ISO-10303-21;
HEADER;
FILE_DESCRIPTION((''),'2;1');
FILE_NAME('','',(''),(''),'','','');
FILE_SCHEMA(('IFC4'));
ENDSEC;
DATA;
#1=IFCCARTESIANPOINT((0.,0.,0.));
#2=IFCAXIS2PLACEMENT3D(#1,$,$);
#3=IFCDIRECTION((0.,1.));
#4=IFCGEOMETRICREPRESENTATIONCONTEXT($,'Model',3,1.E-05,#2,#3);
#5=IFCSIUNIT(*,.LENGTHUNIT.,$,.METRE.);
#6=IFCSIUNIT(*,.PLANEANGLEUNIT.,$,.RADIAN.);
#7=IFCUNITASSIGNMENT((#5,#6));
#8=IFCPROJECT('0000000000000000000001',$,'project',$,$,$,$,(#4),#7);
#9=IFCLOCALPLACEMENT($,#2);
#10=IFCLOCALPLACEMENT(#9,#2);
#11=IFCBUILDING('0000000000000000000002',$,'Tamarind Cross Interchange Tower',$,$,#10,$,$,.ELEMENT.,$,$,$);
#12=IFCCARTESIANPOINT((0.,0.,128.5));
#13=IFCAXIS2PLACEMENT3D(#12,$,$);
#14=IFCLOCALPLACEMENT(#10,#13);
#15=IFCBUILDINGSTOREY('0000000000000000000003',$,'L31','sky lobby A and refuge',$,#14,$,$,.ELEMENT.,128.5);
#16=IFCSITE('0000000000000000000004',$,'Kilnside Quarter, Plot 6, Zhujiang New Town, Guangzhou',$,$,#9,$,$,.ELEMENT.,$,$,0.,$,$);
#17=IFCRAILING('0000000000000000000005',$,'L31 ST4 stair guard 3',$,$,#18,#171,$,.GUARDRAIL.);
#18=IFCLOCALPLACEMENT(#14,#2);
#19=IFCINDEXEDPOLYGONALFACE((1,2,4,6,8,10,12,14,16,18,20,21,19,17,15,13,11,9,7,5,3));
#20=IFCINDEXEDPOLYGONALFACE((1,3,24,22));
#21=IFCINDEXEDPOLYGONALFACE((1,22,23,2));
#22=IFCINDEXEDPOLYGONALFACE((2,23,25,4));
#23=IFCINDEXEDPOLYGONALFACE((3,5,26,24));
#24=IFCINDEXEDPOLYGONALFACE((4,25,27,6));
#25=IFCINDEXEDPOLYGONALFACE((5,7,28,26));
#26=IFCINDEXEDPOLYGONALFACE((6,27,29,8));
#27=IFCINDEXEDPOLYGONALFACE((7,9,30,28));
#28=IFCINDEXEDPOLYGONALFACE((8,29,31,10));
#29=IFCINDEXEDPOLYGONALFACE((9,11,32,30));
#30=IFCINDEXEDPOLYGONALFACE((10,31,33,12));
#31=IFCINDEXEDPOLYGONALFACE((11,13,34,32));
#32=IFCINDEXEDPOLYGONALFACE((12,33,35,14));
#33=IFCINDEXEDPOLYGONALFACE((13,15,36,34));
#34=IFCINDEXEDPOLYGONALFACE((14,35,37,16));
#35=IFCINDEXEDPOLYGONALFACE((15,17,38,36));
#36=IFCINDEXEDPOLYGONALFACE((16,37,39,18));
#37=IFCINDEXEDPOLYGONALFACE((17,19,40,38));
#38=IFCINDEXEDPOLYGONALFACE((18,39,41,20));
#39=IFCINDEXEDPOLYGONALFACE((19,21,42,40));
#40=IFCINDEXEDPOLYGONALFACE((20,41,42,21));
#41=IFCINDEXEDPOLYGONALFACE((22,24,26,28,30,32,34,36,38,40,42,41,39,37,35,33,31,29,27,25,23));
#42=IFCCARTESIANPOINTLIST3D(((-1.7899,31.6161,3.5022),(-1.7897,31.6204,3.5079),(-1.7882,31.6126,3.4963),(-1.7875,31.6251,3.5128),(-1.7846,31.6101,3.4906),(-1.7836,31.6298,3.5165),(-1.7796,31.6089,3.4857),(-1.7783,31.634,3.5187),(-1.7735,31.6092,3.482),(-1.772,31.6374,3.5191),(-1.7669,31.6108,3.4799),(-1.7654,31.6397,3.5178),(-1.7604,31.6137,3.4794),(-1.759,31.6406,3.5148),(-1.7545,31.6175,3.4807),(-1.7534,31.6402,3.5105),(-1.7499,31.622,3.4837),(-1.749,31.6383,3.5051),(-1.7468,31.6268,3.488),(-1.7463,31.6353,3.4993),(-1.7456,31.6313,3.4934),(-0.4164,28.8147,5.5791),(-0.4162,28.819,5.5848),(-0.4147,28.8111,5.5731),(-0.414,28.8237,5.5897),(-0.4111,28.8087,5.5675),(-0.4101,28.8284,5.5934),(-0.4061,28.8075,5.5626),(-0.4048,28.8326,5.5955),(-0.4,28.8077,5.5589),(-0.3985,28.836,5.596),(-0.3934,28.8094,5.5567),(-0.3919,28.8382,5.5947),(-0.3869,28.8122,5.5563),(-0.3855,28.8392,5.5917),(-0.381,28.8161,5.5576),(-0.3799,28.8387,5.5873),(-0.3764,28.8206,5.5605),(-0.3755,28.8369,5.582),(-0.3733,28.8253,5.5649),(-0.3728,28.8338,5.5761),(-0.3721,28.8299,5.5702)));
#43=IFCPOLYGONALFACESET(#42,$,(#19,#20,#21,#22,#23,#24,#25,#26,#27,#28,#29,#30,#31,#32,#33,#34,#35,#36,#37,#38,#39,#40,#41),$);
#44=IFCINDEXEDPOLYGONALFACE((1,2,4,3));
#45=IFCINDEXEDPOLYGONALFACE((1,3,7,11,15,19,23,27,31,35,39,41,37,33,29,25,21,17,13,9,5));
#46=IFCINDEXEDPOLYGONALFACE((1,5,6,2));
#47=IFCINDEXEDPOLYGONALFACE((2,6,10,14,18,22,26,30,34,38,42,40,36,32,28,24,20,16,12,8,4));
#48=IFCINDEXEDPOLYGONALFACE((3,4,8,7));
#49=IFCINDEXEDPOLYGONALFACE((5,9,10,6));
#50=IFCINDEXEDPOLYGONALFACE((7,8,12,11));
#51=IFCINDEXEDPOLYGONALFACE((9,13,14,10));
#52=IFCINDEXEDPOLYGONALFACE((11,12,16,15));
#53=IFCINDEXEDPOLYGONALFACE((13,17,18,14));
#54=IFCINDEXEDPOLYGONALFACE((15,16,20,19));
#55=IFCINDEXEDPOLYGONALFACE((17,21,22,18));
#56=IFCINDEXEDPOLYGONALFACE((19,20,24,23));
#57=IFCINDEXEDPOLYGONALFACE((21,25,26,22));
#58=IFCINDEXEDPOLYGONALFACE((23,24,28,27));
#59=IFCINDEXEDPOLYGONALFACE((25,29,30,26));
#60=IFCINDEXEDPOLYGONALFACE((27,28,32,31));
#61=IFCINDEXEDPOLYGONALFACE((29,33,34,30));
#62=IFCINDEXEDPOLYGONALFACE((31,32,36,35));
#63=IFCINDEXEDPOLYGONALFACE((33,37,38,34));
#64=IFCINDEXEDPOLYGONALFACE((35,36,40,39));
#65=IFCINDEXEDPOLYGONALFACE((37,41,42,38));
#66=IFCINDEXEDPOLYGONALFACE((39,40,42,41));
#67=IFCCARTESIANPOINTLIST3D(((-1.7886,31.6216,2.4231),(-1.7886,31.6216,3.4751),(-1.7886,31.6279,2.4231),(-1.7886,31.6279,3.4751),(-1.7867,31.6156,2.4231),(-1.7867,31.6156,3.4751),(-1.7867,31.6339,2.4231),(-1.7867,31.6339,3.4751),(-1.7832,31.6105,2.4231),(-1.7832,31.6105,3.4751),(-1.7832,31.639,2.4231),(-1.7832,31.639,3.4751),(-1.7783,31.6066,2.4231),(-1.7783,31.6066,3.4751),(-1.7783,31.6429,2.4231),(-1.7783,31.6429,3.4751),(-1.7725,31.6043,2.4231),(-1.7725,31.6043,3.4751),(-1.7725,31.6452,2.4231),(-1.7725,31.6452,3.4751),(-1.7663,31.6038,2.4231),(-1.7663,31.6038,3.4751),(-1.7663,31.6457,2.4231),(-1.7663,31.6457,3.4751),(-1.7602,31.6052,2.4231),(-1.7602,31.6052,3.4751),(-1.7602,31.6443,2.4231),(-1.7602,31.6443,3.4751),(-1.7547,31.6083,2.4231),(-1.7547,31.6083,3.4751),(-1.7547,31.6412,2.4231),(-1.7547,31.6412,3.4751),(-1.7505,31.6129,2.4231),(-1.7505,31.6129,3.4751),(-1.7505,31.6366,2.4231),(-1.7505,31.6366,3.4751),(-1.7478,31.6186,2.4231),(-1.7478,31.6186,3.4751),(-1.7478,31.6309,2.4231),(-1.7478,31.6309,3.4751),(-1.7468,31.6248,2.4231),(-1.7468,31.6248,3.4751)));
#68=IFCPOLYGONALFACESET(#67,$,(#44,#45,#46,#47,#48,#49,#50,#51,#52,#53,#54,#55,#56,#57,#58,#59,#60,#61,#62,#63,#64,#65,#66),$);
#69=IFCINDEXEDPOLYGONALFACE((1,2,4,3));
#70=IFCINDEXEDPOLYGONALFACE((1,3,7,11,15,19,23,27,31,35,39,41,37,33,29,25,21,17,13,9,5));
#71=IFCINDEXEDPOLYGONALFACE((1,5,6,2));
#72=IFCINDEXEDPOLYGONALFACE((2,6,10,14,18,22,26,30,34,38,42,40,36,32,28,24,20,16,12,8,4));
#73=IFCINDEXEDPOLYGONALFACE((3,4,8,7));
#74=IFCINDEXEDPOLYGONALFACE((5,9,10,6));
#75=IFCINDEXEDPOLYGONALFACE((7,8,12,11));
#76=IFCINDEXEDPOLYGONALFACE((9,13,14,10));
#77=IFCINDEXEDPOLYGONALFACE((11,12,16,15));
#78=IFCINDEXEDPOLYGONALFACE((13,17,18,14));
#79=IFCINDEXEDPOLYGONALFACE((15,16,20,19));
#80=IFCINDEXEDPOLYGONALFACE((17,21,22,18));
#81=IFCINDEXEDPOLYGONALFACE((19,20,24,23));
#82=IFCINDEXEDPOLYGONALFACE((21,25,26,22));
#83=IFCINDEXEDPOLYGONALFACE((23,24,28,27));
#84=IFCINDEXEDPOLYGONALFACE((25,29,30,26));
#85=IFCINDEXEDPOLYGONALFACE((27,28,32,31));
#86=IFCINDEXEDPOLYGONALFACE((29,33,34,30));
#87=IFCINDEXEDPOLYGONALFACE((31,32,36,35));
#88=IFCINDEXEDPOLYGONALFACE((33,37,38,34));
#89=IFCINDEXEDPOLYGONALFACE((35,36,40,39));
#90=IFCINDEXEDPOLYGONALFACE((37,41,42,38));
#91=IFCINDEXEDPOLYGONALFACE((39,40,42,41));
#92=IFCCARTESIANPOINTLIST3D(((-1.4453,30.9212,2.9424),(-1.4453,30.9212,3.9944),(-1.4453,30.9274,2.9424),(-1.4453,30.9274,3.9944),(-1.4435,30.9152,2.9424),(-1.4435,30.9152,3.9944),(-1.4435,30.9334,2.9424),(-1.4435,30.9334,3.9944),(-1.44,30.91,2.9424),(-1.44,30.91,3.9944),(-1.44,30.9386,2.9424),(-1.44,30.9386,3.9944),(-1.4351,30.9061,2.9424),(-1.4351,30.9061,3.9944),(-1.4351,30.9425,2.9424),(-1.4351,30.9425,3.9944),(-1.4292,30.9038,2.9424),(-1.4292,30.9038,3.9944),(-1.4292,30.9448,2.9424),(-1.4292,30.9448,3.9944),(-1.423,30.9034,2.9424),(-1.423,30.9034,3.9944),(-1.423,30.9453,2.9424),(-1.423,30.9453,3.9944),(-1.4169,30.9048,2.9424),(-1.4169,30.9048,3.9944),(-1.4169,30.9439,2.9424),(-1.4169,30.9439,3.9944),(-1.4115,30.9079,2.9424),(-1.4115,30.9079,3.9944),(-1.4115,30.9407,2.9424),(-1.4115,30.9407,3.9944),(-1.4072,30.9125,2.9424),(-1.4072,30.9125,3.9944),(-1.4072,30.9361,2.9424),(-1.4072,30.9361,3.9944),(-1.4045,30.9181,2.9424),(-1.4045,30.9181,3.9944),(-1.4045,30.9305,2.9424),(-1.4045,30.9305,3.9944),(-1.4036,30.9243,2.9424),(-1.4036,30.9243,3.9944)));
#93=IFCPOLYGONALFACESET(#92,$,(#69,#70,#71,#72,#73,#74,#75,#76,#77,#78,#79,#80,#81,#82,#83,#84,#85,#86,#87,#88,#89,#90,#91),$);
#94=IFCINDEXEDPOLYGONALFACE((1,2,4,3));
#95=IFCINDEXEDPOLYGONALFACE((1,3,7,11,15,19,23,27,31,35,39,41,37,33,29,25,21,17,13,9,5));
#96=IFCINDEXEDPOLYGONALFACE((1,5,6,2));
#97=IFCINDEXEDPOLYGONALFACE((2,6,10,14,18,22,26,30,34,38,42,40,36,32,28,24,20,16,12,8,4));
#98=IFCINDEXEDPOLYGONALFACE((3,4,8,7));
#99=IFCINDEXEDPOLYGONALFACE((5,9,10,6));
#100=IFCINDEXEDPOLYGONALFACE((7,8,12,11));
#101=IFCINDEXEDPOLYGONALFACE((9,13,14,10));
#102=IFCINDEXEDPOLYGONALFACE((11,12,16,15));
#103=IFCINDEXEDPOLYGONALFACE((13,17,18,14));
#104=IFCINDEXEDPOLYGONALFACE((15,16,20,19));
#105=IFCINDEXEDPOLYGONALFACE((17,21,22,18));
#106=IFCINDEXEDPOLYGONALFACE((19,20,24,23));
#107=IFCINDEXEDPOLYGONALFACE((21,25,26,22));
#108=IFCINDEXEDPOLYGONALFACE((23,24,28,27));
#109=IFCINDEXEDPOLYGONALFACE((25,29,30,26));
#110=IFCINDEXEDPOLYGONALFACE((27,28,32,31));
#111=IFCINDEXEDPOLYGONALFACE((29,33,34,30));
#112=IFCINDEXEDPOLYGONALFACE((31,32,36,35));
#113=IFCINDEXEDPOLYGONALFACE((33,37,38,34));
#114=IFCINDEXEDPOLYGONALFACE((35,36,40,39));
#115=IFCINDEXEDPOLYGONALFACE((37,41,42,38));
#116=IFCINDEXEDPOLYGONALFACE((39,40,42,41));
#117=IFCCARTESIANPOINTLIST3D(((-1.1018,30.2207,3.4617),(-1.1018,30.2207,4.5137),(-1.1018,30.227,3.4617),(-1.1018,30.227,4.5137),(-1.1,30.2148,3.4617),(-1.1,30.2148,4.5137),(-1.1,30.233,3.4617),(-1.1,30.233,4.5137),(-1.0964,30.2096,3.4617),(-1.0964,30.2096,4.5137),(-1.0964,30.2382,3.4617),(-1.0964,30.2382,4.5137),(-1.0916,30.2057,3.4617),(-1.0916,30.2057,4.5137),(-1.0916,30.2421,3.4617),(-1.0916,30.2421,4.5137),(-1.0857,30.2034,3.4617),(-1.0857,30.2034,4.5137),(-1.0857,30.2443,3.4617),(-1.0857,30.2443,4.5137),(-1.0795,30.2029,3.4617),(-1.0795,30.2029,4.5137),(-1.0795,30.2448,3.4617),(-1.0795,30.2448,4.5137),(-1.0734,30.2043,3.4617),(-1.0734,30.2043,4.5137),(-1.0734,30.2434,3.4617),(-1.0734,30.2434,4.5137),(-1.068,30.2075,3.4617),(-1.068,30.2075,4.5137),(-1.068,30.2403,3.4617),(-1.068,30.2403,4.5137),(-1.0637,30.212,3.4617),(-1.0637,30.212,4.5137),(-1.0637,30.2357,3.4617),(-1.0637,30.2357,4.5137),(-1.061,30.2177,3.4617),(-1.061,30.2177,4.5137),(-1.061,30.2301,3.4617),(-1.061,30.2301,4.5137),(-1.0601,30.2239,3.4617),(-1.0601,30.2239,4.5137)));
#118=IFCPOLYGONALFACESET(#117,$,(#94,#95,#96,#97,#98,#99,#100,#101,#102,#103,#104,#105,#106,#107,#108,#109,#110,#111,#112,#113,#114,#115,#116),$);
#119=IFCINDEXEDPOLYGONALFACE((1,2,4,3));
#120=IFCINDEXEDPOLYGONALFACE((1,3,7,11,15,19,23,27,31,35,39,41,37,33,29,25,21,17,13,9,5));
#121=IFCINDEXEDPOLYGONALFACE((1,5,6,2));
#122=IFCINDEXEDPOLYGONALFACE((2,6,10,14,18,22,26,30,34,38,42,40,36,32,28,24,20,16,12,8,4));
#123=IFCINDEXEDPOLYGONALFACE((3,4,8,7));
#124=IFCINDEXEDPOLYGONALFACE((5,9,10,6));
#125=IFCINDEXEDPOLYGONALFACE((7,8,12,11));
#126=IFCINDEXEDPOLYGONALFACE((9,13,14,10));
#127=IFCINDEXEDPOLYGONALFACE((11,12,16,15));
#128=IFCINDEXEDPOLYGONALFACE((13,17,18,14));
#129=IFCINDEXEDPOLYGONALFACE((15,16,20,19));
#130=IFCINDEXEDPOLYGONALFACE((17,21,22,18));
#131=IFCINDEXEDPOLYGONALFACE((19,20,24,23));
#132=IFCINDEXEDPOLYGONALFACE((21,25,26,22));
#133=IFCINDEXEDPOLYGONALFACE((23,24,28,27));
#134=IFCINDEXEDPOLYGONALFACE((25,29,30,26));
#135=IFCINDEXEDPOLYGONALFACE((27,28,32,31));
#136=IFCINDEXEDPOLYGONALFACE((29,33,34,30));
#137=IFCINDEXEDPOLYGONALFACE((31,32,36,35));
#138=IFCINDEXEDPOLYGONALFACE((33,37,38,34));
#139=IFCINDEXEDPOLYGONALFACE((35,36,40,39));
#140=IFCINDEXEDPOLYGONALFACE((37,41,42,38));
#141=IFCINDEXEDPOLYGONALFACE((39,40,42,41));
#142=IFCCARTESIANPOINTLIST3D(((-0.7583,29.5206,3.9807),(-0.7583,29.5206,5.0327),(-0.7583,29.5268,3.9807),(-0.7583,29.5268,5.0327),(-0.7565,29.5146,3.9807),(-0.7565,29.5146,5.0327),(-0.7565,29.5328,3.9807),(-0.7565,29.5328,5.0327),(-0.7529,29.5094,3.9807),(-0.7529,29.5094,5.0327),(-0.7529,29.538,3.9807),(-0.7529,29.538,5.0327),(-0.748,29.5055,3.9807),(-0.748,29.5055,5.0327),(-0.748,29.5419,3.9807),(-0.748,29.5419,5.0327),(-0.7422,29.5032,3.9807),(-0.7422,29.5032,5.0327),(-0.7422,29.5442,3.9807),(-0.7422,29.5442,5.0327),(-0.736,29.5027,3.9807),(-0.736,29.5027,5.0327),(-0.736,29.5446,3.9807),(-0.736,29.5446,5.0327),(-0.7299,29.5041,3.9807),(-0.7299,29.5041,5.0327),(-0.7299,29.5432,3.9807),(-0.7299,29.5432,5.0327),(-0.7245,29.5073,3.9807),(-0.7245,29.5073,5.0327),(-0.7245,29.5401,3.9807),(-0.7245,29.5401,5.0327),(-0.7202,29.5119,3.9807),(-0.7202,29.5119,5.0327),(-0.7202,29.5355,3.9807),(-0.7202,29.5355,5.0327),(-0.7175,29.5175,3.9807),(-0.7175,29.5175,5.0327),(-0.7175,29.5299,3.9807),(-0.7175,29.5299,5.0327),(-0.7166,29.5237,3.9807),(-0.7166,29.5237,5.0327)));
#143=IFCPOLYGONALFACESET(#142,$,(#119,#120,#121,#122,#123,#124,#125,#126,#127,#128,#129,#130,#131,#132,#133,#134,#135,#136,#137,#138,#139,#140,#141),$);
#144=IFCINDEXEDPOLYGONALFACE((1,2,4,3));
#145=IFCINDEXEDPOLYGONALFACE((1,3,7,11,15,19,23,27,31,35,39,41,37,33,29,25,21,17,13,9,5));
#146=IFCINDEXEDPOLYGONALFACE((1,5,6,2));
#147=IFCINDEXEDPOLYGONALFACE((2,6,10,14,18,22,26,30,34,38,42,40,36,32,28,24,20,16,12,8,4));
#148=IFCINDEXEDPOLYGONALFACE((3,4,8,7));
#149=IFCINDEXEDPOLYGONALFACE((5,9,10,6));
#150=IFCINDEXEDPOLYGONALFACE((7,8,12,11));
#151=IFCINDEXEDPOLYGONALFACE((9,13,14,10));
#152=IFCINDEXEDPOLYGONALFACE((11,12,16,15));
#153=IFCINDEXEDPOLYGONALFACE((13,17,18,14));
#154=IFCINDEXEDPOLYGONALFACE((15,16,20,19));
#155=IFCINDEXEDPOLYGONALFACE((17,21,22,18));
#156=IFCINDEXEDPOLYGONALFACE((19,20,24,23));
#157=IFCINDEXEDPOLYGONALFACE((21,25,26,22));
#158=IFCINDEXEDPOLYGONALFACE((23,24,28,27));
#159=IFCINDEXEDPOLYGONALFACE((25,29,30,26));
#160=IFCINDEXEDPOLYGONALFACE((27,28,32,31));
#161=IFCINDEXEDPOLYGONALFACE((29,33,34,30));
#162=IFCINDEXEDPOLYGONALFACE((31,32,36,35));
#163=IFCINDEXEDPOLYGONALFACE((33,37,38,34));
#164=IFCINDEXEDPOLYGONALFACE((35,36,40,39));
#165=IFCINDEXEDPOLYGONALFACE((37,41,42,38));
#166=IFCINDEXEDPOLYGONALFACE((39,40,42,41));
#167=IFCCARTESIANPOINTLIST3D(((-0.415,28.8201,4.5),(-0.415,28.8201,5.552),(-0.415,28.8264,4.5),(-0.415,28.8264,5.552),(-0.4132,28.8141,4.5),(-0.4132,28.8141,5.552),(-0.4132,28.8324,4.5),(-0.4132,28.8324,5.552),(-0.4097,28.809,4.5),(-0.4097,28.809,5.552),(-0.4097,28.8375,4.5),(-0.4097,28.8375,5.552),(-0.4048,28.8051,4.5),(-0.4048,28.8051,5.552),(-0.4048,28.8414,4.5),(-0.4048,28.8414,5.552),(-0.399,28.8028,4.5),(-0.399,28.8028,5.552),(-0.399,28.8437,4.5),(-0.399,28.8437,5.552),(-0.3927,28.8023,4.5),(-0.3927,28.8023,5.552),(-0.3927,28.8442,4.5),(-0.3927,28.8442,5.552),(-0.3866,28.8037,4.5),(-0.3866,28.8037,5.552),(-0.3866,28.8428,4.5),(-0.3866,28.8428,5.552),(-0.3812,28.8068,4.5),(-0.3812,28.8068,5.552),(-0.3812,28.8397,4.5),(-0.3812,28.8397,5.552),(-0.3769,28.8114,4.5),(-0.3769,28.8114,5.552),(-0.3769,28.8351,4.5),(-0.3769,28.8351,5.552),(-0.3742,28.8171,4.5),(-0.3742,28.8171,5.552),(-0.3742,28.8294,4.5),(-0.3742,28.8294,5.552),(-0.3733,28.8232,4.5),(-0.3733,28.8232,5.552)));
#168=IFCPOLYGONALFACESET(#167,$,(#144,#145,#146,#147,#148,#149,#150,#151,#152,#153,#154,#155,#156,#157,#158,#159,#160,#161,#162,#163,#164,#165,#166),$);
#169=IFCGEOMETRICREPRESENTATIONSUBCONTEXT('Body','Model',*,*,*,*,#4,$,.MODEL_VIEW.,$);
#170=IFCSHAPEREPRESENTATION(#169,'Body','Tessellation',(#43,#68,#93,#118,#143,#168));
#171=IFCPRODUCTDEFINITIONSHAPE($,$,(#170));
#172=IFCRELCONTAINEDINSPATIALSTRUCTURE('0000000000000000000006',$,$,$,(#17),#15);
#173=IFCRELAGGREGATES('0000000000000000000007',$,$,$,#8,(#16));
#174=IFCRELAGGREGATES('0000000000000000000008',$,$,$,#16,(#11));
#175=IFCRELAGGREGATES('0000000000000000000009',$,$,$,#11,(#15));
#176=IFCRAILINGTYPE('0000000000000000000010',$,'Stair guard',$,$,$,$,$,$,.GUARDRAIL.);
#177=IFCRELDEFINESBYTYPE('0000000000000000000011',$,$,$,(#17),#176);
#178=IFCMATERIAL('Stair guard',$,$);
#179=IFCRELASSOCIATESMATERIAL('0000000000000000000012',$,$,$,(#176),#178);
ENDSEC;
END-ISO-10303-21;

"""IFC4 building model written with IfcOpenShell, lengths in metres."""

from ifc_helpers import new_model, si_unit, direction, frame, origin, origin_2d, place, context, subcontext, project, spatial, circle, extrude, material, type_object, element, save


model = new_model("IFC4")

# Units and contexts
model_context = context("Model", 3, precision=1e-05, world=origin(), true_north=direction((0.0, 1.0)))
body_context = subcontext(model_context, "Body", "Model", "MODEL_VIEW")
ifc_project = project(units=[si_unit("LENGTHUNIT", "METRE"), si_unit("PLANEANGLEUNIT", "RADIAN")], contexts=[model_context])

# Site, building, storey
site_placement = place(None, origin())
site = spatial("IfcSite", under=ifc_project, at=site_placement, Name="Kilnside Quarter, Plot 6, Zhujiang New Town, Guangzhou", CompositionType="ELEMENT", RefElevation=0.0)
building_placement = place(site_placement, origin())
building = spatial("IfcBuilding", under=site, at=building_placement, Name="Tamarind Cross Interchange Tower", CompositionType="ELEMENT")
storey_placement = place(building_placement, frame((0.0, 0.0, 128.5)))
storey = spatial("IfcBuildingStorey", under=building, at=storey_placement, Name="L31", Description="sky lobby A and refuge", CompositionType="ELEMENT", Elevation=128.5)

# Railing
ifc_material_1 = material(Name="Stair guard")
railing_type_1 = type_object("IfcRailingType", Name="Stair guard", PredefinedType="GUARDRAIL", material=ifc_material_1)
railing_1_placement = place(storey_placement, frame((-1.7678, 31.6248, 2.4231)))
element("IfcRailing", 1, at=railing_1_placement, inside=storey, type_object=railing_type_1, Name="L31 ST4 stair guard 3", PredefinedType="GUARDRAIL", context=body_context, shape_type="SweptSolid", body=[
    extrude(circle(Radius=0.0239, at=origin_2d()), frame((0.0, 0.0, 1.0762), z_axis=(0.366457, -0.74744, 0.554115), x_axis=(0.89789, 0.44022, 0.0)), (0.0, 0.0, 1.0), 3.748),
    extrude(circle(Radius=0.021, at=origin_2d()), origin(), (0.0, 0.0, 1.0), 1.052),
    extrude(circle(Radius=0.021, at=origin_2d()), frame((0.3433, -0.7004, 0.5193)), (0.0, 0.0, 1.0), 1.052),
    extrude(circle(Radius=0.021, at=origin_2d()), frame((0.6868, -1.4009, 1.0386)), (0.0, 0.0, 1.0), 1.052),
    extrude(circle(Radius=0.021, at=origin_2d()), frame((1.0303, -2.1011, 1.5576)), (0.0, 0.0, 1.0), 1.052),
    extrude(circle(Radius=0.021, at=origin_2d()), frame((1.3735, -2.8015, 2.0769)), (0.0, 0.0, 1.0), 1.052),
])

save(model, "model.ifc")
